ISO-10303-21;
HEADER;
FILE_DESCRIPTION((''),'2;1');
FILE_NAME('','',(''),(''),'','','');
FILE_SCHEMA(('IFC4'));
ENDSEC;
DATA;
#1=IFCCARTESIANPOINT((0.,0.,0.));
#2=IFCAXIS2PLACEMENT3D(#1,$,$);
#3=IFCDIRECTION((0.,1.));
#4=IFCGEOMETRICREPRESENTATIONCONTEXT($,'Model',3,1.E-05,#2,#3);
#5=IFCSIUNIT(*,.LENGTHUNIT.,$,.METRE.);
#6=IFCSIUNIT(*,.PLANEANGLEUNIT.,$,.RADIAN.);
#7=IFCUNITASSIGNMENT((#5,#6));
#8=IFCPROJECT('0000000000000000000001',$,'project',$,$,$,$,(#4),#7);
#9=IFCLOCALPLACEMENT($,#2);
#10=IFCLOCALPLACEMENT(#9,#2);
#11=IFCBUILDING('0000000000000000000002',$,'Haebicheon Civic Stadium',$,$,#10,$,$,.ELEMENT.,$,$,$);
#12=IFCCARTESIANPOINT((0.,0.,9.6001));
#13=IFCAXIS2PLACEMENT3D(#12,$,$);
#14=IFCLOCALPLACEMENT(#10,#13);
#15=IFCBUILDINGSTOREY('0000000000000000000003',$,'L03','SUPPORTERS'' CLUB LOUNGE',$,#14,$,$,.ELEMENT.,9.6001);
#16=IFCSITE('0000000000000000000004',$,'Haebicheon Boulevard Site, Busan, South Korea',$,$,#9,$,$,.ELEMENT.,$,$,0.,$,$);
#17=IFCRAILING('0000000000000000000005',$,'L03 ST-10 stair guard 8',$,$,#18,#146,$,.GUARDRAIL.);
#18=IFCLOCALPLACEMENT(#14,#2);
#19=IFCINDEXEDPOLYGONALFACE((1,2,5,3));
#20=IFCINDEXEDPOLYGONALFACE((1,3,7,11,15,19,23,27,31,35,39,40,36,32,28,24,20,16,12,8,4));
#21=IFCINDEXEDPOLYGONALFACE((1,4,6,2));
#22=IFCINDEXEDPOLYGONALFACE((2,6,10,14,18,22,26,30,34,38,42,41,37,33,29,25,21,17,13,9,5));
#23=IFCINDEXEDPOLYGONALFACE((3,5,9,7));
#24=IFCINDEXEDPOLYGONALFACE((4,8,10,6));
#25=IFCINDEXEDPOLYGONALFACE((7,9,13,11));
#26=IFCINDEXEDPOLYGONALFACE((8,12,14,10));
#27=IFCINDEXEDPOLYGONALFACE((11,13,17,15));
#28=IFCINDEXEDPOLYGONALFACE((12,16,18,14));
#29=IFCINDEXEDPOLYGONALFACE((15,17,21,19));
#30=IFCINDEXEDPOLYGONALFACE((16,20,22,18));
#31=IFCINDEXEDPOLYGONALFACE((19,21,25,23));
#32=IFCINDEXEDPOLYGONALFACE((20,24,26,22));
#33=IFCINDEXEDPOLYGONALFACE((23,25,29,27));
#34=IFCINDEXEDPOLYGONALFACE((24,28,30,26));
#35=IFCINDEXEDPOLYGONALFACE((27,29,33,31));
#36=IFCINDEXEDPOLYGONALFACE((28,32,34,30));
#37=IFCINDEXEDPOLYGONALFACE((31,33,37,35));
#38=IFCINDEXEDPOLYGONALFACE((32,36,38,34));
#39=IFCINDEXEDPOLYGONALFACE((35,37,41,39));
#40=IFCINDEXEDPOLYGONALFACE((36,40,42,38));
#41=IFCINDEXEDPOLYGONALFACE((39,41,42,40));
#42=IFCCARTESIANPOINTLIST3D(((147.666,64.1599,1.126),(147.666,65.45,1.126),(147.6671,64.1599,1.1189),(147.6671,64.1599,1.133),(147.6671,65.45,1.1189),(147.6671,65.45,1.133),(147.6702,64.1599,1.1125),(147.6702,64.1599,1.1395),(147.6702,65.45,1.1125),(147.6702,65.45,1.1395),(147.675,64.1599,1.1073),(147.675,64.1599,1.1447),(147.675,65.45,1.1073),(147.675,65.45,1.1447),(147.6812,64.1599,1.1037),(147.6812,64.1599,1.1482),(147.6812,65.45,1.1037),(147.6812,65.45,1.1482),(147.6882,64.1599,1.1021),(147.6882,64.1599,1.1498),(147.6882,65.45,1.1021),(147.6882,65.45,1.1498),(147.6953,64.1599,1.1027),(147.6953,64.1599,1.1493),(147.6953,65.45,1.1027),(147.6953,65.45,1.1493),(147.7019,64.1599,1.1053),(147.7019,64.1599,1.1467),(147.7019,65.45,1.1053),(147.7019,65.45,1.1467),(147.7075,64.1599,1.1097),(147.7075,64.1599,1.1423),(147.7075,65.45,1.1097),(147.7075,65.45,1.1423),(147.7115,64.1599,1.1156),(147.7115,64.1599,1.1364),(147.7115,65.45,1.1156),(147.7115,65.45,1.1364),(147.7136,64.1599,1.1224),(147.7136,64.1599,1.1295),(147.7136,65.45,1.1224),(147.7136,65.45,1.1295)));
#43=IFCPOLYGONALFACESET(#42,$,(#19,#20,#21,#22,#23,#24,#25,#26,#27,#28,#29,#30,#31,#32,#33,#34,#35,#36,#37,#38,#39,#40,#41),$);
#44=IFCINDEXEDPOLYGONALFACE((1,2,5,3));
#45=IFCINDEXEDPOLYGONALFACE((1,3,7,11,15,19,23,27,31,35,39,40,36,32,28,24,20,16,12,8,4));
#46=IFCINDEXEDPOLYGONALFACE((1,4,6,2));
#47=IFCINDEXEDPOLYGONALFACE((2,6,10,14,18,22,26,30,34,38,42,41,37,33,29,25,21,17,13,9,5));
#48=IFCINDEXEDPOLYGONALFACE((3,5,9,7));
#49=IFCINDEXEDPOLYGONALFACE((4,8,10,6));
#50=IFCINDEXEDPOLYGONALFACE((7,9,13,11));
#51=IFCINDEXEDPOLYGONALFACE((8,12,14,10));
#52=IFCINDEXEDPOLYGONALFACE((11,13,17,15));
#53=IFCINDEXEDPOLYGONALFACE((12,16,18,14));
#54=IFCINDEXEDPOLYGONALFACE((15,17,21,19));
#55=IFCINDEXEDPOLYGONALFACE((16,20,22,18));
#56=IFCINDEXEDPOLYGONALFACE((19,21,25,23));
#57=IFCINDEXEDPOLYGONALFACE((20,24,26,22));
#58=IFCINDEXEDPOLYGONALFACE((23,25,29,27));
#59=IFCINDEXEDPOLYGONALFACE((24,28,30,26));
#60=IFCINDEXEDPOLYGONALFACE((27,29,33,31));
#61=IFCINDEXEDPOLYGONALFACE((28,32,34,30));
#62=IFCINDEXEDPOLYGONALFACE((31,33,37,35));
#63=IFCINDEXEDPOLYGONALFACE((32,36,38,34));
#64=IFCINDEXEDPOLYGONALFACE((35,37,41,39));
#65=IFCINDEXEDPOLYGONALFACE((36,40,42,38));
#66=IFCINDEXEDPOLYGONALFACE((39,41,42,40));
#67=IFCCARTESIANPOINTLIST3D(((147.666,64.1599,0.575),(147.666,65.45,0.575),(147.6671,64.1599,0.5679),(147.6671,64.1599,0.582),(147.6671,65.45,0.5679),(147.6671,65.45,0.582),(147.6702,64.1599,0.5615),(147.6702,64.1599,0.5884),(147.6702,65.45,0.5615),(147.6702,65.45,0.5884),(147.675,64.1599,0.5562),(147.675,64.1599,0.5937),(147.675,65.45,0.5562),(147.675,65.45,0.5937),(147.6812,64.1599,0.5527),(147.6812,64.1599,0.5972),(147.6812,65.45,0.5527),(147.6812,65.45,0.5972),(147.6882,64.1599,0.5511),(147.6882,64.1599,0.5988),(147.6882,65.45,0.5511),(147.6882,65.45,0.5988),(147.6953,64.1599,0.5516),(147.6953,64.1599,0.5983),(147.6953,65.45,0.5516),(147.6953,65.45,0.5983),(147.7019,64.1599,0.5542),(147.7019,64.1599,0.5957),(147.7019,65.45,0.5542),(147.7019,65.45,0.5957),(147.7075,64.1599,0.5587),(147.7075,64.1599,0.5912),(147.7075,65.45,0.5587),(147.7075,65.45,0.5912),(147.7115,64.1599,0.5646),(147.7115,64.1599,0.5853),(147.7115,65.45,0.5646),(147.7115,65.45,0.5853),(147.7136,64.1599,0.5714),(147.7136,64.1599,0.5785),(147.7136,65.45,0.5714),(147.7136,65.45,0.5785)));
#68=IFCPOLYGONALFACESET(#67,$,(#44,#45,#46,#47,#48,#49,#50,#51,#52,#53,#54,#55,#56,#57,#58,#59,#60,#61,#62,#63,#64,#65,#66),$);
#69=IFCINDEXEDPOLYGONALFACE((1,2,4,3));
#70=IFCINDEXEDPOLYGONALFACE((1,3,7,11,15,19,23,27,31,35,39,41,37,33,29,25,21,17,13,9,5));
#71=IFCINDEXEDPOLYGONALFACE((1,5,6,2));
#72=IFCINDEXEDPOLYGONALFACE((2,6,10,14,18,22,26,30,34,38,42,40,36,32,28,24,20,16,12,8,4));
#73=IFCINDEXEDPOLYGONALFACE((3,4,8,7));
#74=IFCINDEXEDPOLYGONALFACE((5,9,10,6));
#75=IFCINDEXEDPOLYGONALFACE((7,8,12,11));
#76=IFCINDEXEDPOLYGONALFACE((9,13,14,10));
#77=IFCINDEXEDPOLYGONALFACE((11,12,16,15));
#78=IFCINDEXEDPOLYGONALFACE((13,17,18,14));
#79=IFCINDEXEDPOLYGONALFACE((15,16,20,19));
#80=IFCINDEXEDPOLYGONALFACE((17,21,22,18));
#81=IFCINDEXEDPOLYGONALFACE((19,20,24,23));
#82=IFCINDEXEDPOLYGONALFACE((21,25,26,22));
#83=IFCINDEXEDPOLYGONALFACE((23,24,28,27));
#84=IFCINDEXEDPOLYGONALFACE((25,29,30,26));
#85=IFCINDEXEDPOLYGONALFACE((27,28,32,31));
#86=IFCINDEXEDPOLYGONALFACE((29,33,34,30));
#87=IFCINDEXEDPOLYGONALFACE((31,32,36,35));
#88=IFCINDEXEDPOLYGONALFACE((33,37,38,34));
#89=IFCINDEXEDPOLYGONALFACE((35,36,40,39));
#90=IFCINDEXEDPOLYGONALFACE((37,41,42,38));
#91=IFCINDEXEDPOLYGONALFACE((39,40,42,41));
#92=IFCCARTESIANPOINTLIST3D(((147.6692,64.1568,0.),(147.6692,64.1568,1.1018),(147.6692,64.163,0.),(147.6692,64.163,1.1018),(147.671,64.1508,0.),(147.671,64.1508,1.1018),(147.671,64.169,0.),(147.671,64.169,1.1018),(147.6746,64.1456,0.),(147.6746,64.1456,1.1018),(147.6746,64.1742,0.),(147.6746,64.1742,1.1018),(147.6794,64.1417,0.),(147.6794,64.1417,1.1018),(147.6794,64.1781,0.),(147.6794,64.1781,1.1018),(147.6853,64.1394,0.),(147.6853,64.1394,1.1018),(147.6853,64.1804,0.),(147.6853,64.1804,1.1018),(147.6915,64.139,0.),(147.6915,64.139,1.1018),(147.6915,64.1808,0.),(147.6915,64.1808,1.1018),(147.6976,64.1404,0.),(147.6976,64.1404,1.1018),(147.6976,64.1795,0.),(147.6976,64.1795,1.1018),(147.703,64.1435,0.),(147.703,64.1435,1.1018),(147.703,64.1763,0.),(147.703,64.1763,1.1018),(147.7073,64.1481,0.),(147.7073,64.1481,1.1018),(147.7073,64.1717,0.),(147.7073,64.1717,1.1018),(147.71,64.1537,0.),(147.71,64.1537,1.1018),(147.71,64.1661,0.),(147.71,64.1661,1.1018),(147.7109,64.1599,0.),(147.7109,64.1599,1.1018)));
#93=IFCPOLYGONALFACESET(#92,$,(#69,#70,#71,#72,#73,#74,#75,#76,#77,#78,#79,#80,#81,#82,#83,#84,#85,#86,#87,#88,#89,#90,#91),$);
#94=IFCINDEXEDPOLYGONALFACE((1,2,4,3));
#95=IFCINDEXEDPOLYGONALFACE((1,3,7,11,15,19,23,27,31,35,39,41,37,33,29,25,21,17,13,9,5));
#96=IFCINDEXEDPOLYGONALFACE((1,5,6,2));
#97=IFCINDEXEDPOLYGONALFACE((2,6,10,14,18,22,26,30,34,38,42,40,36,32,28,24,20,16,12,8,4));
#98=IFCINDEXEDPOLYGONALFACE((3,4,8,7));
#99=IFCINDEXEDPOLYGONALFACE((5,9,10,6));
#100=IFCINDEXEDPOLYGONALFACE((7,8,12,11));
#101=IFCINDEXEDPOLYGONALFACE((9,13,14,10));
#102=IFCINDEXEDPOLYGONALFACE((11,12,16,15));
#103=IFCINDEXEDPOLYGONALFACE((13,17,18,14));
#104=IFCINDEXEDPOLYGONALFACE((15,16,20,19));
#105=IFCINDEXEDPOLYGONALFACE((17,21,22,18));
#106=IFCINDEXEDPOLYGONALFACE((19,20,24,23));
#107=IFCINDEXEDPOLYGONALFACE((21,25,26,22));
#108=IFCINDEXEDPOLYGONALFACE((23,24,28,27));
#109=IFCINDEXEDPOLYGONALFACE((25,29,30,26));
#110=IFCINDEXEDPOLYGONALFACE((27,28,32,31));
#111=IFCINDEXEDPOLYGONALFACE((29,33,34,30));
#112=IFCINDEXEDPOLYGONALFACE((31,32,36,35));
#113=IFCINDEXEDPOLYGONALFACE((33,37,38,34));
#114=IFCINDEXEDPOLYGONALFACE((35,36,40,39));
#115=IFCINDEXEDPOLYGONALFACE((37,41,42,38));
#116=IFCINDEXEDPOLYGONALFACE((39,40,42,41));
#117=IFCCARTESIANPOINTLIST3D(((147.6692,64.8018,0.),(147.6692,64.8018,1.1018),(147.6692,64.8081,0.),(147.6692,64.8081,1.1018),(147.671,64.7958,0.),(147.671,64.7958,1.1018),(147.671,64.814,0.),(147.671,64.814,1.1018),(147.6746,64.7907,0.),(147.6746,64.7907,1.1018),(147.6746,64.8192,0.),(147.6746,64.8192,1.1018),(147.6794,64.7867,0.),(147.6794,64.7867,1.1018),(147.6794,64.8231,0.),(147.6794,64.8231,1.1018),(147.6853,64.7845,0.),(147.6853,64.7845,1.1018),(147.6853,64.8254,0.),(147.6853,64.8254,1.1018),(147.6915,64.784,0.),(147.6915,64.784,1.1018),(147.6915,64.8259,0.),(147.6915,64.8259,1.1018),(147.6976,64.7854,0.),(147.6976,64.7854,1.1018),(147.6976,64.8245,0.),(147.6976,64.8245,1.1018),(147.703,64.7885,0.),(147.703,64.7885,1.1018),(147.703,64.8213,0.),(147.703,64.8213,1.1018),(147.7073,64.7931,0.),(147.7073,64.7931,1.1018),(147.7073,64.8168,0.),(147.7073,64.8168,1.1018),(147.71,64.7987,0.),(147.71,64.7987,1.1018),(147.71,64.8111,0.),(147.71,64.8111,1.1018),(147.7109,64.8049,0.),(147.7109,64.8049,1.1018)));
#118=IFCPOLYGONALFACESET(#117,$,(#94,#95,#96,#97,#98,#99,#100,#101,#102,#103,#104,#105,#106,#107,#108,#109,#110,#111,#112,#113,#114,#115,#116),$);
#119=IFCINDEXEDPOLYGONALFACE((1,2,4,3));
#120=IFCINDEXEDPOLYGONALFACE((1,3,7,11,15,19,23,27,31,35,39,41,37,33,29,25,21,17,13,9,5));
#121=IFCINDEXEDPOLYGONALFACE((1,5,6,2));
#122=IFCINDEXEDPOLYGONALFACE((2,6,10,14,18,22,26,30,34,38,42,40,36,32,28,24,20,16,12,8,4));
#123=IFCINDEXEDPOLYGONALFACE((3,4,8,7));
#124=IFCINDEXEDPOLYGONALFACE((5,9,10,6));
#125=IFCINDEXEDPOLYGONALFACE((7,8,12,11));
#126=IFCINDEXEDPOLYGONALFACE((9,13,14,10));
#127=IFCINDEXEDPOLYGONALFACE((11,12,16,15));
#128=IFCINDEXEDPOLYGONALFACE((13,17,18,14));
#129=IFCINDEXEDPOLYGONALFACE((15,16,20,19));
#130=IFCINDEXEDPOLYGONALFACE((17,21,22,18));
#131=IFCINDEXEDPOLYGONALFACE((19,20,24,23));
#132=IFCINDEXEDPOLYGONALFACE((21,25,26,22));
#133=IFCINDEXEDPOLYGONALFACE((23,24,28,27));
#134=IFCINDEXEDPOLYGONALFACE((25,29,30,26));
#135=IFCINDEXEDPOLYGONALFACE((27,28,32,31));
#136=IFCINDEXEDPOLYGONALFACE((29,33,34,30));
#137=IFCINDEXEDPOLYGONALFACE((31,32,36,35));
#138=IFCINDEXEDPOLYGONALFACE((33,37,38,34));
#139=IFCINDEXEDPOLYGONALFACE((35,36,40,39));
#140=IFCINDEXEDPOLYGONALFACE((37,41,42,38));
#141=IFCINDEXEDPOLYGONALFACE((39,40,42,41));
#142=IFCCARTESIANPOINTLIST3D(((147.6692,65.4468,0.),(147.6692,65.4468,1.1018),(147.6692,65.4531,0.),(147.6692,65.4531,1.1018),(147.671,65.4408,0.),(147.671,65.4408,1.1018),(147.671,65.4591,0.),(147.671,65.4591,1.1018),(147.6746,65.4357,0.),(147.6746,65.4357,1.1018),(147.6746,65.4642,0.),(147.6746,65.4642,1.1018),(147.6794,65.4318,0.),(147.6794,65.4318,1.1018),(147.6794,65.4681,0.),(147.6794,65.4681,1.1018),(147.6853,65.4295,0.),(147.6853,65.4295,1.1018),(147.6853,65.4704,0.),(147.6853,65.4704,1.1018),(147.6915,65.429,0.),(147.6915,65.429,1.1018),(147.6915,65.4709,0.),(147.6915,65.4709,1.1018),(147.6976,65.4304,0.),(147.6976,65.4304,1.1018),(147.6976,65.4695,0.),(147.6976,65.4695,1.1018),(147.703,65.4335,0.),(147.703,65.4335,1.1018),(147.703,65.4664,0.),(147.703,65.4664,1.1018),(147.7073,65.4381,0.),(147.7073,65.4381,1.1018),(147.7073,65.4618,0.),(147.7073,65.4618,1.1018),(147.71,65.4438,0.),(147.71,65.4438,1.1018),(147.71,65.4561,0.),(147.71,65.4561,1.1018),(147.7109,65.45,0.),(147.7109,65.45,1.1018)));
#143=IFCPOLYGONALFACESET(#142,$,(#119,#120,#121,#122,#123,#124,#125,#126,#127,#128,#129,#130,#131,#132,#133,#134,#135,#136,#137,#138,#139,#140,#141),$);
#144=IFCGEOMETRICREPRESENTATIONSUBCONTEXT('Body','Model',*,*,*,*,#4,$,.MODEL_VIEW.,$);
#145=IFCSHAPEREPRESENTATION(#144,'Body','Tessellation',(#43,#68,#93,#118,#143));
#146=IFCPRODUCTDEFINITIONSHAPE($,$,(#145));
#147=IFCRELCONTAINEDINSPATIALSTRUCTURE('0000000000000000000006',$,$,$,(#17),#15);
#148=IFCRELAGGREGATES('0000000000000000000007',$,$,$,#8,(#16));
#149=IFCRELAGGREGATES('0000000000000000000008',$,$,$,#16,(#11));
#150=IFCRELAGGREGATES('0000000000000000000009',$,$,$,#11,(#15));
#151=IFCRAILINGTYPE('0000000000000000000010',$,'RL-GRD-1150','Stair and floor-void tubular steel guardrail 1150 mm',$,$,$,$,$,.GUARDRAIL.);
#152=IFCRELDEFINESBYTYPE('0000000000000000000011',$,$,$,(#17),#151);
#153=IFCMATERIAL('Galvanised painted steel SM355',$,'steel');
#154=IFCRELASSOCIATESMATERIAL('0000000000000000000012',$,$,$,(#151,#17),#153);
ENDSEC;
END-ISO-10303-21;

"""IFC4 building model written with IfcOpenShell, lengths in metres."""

from ifc_helpers import new_model, si_unit, direction, frame, origin, origin_2d, place, context, subcontext, project, spatial, circle, extrude, material, type_object, element, save


model = new_model("IFC4")

# Units and contexts
model_context = context("Model", 3, precision=1e-05, world=origin(), true_north=direction((0.0, 1.0)))
body_context = subcontext(model_context, "Body", "Model", "MODEL_VIEW")
ifc_project = project(units=[si_unit("LENGTHUNIT", "METRE"), si_unit("PLANEANGLEUNIT", "RADIAN")], contexts=[model_context])

# Site, building, storey
site_placement = place(None, origin())
site = spatial("IfcSite", under=ifc_project, at=site_placement, Name="Haebicheon Boulevard Site, Busan, South Korea", CompositionType="ELEMENT", RefElevation=0.0)
building_placement = place(site_placement, origin())
building = spatial("IfcBuilding", under=site, at=building_placement, Name="Haebicheon Civic Stadium", CompositionType="ELEMENT")
storey_placement = place(building_placement, frame((0.0, 0.0, 9.6001)))
storey = spatial("IfcBuildingStorey", under=building, at=storey_placement, Name="L03", Description="SUPPORTERS' CLUB LOUNGE", CompositionType="ELEMENT", Elevation=9.6001)

# Railing
ifc_material_1 = material(Name="Galvanised painted steel SM355", Category="steel")
railing_type_1 = type_object("IfcRailingType", Name="RL-GRD-1150", Description="Stair and floor-void tubular steel guardrail 1150 mm", PredefinedType="GUARDRAIL", material=ifc_material_1)
for number, where, name in (
    (1, (147.6899, 64.1599, 0.0), "L03 ST-10 stair guard 8"),
):
    element("IfcRailing", number, at=place(storey_placement, frame(where)), inside=storey, type_object=railing_type_1, material=ifc_material_1, Name=name, PredefinedType="GUARDRAIL", context=body_context, shape_type="SweptSolid", body=[
        extrude(circle(Radius=0.0239, at=origin_2d()), frame((0.0, 0.0, 1.126), z_axis=(0.0, 1.0, 0.0), x_axis=(-1.0, 0.0, 0.0)), (0.0, 0.0, 1.0), 1.29),
        extrude(circle(Radius=0.0239, at=origin_2d()), frame((0.0, 0.0, 0.575), z_axis=(0.0, 1.0, 0.0), x_axis=(-1.0, 0.0, 0.0)), (0.0, 0.0, 1.0), 1.29),
        extrude(circle(Radius=0.021, at=origin_2d()), origin(), (0.0, 0.0, 1.0), 1.1018),
        extrude(circle(Radius=0.021, at=origin_2d()), frame((0.0, 0.645, 0.0)), (0.0, 0.0, 1.0), 1.1018),
        extrude(circle(Radius=0.021, at=origin_2d()), frame((0.0, 1.29, 0.0)), (0.0, 0.0, 1.0), 1.1018),
    ])

save(model, "model.ifc")
